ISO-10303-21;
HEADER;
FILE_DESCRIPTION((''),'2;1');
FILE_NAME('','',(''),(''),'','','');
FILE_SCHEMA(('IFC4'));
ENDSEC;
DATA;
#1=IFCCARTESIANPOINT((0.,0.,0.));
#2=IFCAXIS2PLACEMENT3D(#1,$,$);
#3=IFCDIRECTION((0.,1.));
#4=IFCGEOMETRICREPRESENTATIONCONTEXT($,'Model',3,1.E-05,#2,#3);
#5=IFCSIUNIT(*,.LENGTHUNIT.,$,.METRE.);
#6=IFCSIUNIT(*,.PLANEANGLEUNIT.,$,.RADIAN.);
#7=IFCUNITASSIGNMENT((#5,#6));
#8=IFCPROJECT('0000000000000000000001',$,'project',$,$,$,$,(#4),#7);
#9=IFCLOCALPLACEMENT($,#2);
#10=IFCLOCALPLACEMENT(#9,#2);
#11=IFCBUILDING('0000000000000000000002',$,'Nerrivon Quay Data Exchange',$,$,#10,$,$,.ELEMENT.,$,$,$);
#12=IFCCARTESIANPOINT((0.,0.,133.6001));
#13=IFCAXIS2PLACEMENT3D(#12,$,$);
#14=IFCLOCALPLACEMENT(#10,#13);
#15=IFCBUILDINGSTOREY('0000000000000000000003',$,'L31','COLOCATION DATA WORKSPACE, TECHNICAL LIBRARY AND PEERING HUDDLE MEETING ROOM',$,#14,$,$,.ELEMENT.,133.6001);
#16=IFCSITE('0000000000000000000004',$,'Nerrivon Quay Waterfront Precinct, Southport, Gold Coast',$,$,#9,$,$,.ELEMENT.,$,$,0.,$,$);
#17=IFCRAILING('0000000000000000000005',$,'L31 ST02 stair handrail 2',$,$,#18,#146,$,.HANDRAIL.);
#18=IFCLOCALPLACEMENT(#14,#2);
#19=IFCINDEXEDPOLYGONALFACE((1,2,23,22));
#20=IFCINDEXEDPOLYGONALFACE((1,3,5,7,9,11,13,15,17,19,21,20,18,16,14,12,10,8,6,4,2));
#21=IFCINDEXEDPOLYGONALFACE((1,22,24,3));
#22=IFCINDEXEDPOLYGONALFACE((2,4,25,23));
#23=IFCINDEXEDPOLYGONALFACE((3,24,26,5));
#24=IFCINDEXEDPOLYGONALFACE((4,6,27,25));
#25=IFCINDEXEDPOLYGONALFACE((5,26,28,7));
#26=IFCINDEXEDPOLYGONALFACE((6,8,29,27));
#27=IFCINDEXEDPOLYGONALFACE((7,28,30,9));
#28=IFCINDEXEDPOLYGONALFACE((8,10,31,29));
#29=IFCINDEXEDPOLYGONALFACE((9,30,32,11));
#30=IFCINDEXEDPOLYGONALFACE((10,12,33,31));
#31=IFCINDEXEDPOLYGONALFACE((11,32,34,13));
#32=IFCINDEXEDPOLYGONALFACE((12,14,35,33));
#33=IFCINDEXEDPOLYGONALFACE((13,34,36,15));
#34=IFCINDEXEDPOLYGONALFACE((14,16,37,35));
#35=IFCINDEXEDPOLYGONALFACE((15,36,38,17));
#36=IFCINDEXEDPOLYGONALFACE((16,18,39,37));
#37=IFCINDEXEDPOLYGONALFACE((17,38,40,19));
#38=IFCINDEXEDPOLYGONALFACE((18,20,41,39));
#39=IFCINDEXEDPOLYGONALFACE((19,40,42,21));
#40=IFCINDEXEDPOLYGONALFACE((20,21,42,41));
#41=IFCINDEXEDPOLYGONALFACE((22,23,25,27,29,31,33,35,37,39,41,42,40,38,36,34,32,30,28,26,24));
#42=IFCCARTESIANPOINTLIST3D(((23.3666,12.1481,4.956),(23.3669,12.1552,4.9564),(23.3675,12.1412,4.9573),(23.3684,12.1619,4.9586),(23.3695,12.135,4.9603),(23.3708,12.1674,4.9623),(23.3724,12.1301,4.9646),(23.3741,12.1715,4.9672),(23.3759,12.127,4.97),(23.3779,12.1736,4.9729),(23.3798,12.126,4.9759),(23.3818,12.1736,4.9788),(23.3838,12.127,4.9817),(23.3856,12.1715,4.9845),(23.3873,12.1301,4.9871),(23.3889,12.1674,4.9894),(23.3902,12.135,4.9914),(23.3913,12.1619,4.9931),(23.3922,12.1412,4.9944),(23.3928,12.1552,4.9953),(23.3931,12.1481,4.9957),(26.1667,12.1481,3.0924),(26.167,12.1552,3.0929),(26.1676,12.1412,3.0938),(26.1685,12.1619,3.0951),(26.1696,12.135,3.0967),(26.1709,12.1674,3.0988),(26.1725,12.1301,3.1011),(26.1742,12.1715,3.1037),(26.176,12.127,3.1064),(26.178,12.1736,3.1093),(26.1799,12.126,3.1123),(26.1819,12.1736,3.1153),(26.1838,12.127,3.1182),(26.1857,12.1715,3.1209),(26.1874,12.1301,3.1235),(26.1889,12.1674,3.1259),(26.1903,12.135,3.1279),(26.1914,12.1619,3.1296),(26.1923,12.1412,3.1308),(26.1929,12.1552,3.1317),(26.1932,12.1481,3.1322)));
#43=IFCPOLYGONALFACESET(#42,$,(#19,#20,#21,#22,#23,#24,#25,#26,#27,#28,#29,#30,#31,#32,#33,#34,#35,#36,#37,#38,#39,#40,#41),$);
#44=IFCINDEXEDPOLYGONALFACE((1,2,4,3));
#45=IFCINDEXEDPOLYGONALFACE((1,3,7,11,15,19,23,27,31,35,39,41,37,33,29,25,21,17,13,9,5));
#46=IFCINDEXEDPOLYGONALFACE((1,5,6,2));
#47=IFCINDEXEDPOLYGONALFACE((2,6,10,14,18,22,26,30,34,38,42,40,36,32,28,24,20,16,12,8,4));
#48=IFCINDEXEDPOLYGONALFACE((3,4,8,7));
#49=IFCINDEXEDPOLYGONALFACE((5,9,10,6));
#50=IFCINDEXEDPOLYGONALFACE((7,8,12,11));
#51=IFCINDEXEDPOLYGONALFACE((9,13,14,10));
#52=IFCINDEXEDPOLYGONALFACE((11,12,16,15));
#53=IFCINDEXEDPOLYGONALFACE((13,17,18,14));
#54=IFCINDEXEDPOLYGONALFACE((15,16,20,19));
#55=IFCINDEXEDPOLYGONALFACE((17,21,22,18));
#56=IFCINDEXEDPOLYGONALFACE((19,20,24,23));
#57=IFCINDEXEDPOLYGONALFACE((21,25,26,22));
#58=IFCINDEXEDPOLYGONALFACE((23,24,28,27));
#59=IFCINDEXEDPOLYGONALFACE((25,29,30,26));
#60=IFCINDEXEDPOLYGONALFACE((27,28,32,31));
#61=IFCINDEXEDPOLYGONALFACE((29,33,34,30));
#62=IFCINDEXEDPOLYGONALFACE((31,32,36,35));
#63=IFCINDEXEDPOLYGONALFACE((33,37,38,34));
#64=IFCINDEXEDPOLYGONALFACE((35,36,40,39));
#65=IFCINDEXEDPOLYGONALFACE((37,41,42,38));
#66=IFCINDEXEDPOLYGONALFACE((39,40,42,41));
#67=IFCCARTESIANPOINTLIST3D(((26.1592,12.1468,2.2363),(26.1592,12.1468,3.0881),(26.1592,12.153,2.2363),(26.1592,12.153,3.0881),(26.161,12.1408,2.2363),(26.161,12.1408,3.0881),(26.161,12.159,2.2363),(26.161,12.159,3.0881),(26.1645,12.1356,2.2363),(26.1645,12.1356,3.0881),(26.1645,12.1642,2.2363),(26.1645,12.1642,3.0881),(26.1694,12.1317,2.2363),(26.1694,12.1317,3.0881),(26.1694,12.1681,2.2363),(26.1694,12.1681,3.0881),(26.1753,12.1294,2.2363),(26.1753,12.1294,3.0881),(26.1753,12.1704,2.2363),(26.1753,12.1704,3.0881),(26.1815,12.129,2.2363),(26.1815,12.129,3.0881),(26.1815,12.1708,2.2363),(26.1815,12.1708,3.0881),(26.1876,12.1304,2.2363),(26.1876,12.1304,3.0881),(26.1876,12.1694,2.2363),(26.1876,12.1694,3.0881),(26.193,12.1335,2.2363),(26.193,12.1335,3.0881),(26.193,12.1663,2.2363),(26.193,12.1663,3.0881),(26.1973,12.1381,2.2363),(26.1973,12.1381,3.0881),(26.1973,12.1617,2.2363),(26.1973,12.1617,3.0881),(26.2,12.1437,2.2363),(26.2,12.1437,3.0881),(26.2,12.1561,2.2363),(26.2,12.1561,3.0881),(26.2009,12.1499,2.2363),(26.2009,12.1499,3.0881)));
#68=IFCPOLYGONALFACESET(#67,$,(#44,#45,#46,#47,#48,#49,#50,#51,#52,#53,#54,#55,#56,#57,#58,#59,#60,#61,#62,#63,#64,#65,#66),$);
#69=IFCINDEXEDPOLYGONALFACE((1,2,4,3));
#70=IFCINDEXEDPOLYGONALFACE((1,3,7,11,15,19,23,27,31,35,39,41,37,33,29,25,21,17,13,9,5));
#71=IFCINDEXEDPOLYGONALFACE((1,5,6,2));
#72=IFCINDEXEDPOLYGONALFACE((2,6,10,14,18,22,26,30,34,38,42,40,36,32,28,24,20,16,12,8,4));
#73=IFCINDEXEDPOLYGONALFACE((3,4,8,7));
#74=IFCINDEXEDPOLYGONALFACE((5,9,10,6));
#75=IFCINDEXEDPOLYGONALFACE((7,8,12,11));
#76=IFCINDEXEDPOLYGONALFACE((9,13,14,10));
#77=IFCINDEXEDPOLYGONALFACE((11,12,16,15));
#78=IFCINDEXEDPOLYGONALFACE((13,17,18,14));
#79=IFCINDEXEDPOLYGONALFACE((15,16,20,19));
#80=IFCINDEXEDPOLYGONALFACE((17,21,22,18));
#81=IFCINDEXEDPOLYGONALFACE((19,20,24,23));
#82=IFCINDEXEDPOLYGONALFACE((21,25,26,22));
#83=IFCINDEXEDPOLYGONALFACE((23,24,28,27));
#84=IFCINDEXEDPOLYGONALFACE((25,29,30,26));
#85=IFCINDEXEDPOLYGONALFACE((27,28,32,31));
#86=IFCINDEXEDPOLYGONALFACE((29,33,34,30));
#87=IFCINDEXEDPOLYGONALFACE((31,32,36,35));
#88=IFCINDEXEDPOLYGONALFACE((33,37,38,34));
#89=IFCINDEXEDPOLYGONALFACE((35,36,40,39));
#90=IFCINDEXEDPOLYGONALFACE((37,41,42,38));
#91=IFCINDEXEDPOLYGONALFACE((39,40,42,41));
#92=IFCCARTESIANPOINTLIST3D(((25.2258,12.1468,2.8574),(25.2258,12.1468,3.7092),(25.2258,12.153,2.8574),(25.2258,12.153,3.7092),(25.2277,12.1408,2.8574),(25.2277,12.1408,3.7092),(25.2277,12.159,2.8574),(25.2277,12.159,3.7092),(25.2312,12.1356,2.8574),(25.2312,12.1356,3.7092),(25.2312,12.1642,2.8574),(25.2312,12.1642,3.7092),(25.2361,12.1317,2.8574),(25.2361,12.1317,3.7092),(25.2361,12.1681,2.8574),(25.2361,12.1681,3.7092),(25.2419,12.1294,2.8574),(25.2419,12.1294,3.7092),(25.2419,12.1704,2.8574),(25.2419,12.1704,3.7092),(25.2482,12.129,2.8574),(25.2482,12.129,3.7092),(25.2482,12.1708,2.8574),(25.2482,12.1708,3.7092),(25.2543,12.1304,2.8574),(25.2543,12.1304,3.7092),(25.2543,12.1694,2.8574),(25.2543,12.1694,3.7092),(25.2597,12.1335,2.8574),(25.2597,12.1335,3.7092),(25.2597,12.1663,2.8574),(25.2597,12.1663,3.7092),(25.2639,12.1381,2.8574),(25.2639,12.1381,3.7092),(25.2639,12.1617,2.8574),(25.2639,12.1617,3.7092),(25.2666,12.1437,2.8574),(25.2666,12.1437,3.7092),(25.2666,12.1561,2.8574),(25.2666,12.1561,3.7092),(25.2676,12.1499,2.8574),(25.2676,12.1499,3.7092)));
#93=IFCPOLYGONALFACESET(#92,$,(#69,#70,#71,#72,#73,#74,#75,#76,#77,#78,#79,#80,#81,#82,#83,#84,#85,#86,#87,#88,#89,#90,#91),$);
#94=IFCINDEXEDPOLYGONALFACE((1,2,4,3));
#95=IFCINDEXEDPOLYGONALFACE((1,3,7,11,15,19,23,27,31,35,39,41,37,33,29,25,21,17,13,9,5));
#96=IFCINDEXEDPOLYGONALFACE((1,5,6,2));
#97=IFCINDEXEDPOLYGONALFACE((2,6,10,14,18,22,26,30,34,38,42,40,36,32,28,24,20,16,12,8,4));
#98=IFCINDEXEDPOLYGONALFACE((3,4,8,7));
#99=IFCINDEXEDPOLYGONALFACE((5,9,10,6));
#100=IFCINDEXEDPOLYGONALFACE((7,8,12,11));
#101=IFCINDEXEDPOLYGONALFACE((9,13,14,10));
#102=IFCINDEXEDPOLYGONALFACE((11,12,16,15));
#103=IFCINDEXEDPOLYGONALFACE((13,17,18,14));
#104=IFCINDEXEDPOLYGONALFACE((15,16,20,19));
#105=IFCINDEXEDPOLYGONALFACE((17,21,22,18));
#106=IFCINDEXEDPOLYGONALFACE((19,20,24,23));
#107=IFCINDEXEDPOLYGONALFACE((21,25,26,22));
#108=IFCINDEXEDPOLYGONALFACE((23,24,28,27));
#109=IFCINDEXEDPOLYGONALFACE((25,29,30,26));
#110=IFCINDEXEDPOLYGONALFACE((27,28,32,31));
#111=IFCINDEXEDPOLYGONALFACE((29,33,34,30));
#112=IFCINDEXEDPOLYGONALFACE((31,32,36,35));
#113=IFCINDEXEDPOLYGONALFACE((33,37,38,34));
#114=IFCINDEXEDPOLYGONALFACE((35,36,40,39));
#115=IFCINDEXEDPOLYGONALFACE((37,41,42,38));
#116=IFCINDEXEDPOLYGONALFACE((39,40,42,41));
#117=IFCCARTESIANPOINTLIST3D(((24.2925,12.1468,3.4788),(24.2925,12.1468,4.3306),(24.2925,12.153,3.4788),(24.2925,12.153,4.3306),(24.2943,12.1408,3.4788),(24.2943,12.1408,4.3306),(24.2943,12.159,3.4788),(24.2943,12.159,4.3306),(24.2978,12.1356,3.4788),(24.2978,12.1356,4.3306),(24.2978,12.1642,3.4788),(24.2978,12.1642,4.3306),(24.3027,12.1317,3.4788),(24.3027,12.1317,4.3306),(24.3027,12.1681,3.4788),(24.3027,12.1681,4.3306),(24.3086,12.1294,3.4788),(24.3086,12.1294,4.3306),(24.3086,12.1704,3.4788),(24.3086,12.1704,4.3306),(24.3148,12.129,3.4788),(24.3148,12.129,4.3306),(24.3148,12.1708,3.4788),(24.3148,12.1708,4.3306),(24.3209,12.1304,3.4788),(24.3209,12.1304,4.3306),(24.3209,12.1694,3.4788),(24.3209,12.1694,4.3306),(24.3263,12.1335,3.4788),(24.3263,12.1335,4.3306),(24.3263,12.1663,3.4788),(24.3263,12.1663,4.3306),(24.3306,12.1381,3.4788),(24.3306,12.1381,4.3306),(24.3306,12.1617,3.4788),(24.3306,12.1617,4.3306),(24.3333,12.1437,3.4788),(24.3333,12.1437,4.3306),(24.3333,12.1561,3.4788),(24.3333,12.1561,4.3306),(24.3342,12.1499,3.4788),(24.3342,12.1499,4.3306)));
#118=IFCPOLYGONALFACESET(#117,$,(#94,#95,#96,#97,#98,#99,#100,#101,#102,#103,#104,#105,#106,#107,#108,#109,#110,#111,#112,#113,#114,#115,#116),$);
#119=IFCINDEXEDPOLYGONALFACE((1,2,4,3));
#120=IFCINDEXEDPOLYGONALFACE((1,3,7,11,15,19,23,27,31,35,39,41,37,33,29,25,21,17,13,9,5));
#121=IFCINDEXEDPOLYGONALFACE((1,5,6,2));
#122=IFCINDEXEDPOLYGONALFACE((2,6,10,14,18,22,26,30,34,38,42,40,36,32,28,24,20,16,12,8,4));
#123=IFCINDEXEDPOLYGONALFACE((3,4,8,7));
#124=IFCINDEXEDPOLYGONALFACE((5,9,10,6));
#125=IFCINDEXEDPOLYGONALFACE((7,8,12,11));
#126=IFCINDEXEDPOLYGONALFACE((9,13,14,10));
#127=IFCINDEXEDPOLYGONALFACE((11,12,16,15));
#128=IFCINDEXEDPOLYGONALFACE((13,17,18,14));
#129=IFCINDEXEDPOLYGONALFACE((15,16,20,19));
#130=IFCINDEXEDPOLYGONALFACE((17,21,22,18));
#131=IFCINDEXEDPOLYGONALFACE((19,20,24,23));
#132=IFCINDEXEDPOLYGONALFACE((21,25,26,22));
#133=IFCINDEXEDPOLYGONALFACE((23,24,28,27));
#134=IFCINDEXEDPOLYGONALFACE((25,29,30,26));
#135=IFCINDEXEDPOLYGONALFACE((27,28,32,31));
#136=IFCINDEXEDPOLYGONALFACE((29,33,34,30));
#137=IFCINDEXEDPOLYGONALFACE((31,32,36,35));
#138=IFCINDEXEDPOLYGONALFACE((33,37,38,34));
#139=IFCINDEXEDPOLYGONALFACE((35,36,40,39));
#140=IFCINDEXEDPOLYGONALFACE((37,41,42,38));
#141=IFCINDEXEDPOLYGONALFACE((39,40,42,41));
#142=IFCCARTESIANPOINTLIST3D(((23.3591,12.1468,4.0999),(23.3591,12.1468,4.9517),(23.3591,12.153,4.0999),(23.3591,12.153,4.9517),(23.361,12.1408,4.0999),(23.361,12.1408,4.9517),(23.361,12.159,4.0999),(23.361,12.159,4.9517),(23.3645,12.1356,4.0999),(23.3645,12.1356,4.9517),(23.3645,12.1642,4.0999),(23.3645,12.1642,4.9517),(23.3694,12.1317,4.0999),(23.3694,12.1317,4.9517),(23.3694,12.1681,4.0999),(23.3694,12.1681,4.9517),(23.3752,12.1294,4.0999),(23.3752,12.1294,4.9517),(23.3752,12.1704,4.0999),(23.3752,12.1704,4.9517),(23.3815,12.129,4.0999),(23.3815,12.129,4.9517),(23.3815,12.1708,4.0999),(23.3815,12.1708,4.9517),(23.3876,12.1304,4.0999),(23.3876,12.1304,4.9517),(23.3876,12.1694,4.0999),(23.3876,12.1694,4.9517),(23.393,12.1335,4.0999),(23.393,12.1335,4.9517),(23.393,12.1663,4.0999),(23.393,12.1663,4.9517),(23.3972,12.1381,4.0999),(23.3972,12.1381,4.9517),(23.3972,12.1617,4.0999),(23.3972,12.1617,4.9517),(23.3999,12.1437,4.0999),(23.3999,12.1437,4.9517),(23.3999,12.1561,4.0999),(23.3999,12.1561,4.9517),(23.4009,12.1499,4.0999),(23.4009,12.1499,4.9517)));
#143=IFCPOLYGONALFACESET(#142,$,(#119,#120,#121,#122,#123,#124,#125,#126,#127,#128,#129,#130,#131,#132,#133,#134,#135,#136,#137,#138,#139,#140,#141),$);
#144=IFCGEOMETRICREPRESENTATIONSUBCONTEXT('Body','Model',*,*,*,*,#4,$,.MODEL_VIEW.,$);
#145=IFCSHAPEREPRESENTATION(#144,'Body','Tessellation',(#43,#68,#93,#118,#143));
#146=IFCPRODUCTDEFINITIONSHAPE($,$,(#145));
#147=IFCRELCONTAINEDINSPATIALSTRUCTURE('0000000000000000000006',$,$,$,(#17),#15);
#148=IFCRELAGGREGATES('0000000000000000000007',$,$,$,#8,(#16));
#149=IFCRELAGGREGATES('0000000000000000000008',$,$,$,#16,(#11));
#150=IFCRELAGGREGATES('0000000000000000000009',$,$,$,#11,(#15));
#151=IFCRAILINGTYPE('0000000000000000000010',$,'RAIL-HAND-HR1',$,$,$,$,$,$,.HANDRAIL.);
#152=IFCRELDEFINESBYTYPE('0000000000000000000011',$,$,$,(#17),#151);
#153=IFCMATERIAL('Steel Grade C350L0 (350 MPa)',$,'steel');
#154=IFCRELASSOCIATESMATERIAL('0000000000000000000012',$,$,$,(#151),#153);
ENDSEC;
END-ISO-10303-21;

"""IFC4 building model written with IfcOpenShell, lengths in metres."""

from ifc_helpers import new_model, si_unit, direction, frame, origin, origin_2d, place, context, subcontext, project, spatial, circle, extrude, material, type_object, element, save


model = new_model("IFC4")

# Units and contexts
model_context = context("Model", 3, precision=1e-05, world=origin(), true_north=direction((0.0, 1.0)))
body_context = subcontext(model_context, "Body", "Model", "MODEL_VIEW")
ifc_project = project(units=[si_unit("LENGTHUNIT", "METRE"), si_unit("PLANEANGLEUNIT", "RADIAN")], contexts=[model_context])

# Site, building, storey
site_placement = place(None, origin())
site = spatial("IfcSite", under=ifc_project, at=site_placement, Name="Nerrivon Quay Waterfront Precinct, Southport, Gold Coast", CompositionType="ELEMENT", RefElevation=0.0)
building_placement = place(site_placement, origin())
building = spatial("IfcBuilding", under=site, at=building_placement, Name="Nerrivon Quay Data Exchange", CompositionType="ELEMENT")
storey_placement = place(building_placement, frame((0.0, 0.0, 133.6001)))
storey = spatial("IfcBuildingStorey", under=building, at=storey_placement, Name="L31", Description="COLOCATION DATA WORKSPACE, TECHNICAL LIBRARY AND PEERING HUDDLE MEETING ROOM", CompositionType="ELEMENT", Elevation=133.6001)

# Railing
ifc_material_1 = material(Name="Steel Grade C350L0 (350 MPa)", Category="steel")
railing_type_1 = type_object("IfcRailingType", Name="RAIL-HAND-HR1", PredefinedType="HANDRAIL", material=ifc_material_1)
railing_1_placement = place(storey_placement, frame((26.1799, 12.1499, 2.2363)))
element("IfcRailing", 1, at=railing_1_placement, inside=storey, type_object=railing_type_1, Name="L31 ST02 stair handrail 2", PredefinedType="HANDRAIL", context=body_context, shape_type="SweptSolid", body=[
    extrude(circle(Radius=0.0239, at=origin_2d()), frame((0.0, 0.0, 0.876), z_axis=(-0.832486, 0.0, 0.554047), x_axis=(0.0, -1.0, 0.0)), (0.0, 0.0, 1.0), 3.3635),
    extrude(circle(Radius=0.021, at=origin_2d()), origin(), (0.0, 0.0, 1.0), 0.8518),
    extrude(circle(Radius=0.021, at=origin_2d()), frame((-0.9333, 0.0, 0.6211)), (0.0, 0.0, 1.0), 0.8518),
    extrude(circle(Radius=0.021, at=origin_2d()), frame((-1.8667, 0.0, 1.2424)), (0.0, 0.0, 1.0), 0.8518),
    extrude(circle(Radius=0.021, at=origin_2d()), frame((-2.8, 0.0, 1.8635)), (0.0, 0.0, 1.0), 0.8518),
])

save(model, "model.ifc")
